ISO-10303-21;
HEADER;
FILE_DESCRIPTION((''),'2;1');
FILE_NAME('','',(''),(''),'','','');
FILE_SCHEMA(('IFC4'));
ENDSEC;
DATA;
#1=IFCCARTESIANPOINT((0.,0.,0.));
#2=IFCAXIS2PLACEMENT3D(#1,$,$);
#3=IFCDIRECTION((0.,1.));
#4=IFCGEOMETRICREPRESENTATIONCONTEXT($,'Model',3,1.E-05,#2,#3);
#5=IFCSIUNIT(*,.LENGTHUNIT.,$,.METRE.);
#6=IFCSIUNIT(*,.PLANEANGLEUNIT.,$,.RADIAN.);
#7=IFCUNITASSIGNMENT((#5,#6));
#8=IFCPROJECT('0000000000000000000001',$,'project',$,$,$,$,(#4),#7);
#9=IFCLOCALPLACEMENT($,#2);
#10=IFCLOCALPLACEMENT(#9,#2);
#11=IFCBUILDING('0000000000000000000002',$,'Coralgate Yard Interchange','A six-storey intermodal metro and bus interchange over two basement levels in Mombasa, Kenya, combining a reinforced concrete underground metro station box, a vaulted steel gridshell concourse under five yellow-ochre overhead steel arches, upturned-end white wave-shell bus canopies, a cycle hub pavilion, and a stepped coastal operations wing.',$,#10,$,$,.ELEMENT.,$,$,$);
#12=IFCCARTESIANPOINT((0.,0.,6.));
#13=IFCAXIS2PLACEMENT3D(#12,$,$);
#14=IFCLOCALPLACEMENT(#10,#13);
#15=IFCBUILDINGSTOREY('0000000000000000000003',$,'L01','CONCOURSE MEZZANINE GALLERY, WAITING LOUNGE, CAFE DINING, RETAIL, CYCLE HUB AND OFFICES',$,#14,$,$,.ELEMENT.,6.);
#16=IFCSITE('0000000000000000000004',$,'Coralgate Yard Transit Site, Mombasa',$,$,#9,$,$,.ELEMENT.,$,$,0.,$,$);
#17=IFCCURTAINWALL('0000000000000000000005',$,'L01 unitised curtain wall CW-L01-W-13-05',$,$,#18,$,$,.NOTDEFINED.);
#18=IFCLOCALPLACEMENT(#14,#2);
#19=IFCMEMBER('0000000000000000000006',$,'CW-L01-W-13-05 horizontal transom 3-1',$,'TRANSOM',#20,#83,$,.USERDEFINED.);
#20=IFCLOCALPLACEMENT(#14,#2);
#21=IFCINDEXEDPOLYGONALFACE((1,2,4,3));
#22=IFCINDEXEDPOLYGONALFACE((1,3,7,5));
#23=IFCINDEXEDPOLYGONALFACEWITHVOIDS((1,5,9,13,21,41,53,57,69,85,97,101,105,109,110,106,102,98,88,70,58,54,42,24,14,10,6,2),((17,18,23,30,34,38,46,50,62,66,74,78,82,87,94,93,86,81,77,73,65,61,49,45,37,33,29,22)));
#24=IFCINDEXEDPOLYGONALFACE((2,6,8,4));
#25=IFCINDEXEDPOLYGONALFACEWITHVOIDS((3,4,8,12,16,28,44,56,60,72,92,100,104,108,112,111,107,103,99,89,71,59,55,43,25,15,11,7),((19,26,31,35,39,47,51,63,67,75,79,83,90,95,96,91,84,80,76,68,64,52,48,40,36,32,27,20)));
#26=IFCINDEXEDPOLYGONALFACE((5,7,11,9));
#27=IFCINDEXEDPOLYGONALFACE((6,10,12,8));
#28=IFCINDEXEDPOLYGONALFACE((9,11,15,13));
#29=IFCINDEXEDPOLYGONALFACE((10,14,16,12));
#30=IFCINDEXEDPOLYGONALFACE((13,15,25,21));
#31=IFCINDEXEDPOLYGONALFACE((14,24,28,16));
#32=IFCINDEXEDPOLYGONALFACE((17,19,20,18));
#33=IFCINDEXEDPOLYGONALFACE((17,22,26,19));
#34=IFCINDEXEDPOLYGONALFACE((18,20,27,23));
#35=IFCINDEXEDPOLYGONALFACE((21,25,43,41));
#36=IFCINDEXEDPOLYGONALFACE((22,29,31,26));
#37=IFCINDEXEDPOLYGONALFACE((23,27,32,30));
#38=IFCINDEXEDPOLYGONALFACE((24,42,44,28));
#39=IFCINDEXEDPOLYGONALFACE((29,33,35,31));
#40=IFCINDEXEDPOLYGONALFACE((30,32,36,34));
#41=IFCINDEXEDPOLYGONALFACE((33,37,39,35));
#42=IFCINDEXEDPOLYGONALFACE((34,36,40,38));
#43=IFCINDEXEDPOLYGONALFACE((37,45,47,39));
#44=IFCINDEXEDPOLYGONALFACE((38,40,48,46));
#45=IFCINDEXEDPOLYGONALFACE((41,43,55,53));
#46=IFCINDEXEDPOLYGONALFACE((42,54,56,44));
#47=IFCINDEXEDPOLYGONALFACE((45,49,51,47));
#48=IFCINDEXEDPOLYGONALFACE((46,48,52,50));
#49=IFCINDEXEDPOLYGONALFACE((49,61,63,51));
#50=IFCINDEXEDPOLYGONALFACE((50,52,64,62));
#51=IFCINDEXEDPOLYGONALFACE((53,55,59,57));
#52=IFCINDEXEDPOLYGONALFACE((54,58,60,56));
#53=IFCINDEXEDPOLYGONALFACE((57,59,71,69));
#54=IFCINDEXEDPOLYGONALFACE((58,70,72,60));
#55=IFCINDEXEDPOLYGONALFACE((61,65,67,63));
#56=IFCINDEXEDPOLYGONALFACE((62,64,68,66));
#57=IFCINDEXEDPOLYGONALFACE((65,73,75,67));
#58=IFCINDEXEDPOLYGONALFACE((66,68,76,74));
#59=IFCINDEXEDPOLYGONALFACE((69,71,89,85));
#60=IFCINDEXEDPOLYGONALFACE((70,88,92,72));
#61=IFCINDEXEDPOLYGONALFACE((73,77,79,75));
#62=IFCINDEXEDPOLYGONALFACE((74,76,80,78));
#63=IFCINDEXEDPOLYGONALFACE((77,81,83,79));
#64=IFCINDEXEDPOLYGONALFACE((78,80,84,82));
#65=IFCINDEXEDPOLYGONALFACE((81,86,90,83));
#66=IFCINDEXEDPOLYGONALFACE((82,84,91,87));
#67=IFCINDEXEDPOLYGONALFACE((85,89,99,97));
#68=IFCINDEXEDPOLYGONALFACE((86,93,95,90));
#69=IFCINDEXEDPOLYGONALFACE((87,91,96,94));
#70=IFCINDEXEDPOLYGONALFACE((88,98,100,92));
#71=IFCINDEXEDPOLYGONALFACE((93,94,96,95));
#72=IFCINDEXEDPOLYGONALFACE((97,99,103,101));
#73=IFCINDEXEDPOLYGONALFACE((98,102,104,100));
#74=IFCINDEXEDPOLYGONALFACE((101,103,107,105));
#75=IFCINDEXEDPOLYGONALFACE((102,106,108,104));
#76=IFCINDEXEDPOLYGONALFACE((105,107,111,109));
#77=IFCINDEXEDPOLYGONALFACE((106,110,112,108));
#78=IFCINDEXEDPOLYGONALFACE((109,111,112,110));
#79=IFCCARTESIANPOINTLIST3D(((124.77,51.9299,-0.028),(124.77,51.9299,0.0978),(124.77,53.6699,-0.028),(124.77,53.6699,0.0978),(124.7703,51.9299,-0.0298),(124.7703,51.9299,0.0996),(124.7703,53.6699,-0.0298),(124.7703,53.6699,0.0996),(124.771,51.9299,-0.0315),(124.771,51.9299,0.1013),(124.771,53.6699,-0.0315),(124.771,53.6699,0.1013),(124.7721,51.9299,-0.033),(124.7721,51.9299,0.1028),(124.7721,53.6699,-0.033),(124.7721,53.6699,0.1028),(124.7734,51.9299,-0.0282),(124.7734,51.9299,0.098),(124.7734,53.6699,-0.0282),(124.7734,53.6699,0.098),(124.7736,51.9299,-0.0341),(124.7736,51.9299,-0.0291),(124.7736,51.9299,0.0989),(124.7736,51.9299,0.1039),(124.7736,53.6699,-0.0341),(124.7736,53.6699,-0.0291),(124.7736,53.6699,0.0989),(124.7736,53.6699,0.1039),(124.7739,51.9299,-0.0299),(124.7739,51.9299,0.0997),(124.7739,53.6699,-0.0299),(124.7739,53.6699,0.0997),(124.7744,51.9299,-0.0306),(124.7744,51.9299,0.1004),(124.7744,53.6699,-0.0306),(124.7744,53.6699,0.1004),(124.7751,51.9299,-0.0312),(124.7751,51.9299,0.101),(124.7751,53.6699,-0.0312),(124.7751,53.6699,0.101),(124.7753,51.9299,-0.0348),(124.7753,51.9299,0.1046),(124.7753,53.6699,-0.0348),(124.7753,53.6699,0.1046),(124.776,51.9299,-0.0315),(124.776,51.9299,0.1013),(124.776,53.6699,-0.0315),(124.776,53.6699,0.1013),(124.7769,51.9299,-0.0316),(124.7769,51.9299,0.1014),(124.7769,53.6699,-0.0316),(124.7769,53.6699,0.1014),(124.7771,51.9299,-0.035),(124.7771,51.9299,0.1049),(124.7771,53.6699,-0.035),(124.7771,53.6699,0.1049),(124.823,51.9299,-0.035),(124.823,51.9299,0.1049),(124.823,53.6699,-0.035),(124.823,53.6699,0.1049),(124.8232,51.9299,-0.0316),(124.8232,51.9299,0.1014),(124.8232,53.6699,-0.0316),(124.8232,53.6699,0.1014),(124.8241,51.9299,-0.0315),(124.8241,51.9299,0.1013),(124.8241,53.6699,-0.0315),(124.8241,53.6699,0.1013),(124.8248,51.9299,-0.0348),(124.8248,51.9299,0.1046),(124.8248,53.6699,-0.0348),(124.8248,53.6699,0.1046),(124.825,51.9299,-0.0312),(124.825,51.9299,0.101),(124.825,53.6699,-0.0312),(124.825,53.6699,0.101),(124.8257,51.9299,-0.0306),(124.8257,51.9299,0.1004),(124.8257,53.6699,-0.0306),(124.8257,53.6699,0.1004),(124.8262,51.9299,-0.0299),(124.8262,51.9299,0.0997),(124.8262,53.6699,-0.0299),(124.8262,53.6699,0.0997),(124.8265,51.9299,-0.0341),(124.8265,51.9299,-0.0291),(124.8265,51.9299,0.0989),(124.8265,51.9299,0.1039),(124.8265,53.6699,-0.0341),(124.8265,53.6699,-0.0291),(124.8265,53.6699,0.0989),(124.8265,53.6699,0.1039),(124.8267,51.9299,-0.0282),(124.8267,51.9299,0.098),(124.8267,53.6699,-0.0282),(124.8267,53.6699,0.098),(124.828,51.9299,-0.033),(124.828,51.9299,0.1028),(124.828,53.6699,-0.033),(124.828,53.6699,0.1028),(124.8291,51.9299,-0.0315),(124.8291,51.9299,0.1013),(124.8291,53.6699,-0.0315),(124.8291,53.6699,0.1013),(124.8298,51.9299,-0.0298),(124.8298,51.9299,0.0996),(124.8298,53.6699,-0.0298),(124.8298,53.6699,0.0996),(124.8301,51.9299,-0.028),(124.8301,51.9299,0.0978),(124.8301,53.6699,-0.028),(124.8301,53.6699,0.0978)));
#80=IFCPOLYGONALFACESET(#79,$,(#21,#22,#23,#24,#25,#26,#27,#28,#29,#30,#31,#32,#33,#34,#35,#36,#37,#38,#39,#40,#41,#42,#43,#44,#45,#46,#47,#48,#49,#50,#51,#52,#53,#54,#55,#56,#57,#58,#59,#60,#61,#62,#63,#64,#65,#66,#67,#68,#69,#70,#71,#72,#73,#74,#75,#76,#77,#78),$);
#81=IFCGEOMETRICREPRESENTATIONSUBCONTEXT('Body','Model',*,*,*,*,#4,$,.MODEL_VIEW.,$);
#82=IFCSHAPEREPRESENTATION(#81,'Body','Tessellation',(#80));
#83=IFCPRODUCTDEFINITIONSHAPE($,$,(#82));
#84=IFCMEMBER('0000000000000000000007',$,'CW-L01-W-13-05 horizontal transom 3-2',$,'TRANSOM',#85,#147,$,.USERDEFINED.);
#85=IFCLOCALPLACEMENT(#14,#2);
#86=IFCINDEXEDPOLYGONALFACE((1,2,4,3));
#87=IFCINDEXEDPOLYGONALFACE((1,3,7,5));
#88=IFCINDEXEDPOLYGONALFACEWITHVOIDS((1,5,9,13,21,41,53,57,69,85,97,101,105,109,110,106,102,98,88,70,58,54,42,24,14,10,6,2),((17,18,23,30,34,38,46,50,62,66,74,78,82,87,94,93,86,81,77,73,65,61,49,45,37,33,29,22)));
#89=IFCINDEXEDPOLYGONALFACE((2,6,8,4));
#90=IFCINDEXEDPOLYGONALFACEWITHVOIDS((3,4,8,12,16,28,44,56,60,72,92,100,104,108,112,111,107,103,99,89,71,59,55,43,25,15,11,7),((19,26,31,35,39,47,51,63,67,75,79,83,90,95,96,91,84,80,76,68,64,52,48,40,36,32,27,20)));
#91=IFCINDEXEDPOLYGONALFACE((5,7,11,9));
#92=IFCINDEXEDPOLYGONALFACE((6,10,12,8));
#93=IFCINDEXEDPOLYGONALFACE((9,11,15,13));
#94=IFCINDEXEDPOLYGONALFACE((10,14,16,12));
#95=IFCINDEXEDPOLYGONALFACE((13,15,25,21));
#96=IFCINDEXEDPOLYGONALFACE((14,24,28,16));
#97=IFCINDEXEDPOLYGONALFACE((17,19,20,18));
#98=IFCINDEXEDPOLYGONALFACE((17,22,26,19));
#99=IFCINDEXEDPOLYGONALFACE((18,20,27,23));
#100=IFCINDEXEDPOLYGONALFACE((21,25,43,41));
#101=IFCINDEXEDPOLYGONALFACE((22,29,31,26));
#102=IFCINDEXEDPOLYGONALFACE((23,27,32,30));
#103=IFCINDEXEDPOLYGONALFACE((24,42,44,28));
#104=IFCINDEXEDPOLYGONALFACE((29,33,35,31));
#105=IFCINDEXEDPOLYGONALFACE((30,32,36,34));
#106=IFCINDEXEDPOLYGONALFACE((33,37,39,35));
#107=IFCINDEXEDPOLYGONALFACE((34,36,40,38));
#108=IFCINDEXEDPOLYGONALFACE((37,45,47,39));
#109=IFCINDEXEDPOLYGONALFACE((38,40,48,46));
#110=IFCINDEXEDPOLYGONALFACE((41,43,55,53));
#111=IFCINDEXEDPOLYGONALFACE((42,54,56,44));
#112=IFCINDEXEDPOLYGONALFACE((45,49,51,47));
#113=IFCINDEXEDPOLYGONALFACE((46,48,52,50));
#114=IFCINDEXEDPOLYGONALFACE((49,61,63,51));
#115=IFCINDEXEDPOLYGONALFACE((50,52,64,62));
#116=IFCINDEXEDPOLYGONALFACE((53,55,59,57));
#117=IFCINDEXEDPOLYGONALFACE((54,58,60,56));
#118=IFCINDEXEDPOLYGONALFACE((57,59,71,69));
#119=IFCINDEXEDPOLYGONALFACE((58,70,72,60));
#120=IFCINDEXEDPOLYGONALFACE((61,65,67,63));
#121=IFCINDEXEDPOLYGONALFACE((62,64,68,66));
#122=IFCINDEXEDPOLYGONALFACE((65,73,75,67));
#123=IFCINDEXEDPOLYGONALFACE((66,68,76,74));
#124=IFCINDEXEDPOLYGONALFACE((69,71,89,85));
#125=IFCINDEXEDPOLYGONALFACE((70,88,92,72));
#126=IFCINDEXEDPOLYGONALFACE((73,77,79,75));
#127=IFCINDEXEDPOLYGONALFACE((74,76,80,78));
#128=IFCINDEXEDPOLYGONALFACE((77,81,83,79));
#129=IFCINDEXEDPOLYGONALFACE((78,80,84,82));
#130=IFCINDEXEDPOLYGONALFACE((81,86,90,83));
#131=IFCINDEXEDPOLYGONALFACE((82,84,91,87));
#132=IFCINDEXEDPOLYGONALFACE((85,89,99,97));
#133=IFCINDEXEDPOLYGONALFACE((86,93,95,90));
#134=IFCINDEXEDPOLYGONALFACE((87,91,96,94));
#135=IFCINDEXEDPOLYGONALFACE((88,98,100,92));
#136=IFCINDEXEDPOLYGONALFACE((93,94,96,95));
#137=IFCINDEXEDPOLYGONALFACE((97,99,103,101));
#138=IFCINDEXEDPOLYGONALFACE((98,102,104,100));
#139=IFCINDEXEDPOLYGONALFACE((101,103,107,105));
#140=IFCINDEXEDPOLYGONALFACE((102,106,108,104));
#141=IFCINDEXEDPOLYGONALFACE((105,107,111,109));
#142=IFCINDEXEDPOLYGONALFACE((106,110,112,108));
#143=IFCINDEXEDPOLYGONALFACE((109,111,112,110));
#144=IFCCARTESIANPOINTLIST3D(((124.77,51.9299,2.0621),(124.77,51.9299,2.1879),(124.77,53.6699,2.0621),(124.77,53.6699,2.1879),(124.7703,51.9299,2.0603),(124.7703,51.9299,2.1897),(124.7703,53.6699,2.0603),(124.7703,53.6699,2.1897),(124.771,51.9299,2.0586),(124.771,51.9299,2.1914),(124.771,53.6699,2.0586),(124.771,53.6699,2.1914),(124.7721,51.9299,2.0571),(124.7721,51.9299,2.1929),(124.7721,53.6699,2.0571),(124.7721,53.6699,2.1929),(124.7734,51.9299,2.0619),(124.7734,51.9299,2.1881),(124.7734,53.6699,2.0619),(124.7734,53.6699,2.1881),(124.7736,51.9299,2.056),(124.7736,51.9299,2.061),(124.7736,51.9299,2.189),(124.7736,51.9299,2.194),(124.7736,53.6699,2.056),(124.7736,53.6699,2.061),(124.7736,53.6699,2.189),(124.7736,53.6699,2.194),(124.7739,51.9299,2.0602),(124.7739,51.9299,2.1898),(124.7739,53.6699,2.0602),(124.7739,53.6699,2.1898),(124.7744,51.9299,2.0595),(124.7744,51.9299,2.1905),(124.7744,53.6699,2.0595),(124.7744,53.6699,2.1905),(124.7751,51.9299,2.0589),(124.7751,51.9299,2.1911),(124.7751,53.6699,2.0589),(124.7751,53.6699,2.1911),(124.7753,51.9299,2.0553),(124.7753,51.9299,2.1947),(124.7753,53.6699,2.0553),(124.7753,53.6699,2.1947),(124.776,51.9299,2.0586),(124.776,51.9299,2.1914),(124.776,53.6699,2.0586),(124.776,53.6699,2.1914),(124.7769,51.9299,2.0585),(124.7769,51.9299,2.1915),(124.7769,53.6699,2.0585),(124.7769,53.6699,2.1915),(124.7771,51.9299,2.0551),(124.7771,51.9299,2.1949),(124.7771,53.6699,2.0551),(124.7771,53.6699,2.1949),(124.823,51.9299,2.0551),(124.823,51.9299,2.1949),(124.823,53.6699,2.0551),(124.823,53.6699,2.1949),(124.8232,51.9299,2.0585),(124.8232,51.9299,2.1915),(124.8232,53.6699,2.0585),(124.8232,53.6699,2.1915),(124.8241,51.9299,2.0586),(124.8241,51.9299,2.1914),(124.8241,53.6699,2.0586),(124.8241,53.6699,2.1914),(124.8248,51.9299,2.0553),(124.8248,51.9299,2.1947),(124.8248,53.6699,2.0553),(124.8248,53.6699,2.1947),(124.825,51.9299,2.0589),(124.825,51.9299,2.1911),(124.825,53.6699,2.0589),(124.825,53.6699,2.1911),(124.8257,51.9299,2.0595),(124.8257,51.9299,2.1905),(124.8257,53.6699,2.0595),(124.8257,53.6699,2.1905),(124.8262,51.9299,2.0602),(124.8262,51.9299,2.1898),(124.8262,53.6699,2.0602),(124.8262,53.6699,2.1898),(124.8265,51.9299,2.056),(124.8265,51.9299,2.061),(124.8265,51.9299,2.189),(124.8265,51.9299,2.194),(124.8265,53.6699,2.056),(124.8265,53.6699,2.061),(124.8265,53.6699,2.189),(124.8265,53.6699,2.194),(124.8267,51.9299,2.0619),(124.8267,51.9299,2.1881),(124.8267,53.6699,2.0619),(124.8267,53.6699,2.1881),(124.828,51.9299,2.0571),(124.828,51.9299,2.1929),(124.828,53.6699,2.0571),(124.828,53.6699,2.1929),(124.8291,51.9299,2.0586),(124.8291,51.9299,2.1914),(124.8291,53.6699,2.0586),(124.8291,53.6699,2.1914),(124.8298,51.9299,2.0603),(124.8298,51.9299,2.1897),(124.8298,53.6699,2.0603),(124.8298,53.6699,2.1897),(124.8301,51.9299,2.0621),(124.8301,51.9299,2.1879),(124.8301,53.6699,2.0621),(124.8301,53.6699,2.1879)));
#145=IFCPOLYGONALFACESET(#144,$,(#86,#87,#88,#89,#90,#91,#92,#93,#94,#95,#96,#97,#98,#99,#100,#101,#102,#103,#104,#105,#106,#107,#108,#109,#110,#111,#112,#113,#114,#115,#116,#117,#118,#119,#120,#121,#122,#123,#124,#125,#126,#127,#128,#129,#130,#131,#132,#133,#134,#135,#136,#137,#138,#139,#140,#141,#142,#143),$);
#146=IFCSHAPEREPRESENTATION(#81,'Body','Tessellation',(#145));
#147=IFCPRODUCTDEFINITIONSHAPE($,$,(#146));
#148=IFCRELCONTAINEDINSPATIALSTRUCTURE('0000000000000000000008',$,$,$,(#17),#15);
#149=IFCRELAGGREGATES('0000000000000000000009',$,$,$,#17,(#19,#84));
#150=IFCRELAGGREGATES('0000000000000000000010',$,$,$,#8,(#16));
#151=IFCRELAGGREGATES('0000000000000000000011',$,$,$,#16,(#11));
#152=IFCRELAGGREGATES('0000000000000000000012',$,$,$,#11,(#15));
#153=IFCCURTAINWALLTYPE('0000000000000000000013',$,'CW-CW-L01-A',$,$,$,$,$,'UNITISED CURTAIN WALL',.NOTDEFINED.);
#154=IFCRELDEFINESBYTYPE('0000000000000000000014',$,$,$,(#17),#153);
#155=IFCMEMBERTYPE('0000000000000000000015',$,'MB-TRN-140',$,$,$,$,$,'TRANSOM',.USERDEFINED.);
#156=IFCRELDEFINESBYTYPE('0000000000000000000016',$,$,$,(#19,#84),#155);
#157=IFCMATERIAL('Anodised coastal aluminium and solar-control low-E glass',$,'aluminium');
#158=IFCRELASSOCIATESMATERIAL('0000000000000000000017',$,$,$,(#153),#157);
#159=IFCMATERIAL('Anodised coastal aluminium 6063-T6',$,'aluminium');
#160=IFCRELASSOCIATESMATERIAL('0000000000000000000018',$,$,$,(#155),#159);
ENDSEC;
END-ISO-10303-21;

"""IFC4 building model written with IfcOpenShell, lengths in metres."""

from ifc_helpers import new_model, si_unit, direction, frame, origin, origin_2d, place, context, subcontext, project, spatial, hollow_rectangle, extrude, material, material_profile, profile_set, type_object, element, aggregate, save


model = new_model("IFC4")

# Units and contexts
model_context = context("Model", 3, precision=1e-05, world=origin(), true_north=direction((0.0, 1.0)))
body_context = subcontext(model_context, "Body", "Model", "MODEL_VIEW")
ifc_project = project(units=[si_unit("LENGTHUNIT", "METRE"), si_unit("PLANEANGLEUNIT", "RADIAN")], contexts=[model_context])

# Site, building, storey
site_placement = place(None, origin())
site = spatial("IfcSite", under=ifc_project, at=site_placement, Name="Coralgate Yard Transit Site, Mombasa", CompositionType="ELEMENT", RefElevation=0.0)
building_placement = place(site_placement, origin())
building = spatial("IfcBuilding", under=site, at=building_placement, Name="Coralgate Yard Interchange", Description="A six-storey intermodal metro and bus interchange over two basement levels in Mombasa, Kenya, combining a reinforced concrete underground metro station box, a vaulted steel gridshell concourse under five yellow-ochre overhead steel arches, upturned-end white wave-shell bus canopies, a cycle hub pavilion, and a stepped coastal operations wing.", CompositionType="ELEMENT")
storey_placement = place(building_placement, frame((0.0, 0.0, 6.0)))
storey = spatial("IfcBuildingStorey", under=building, at=storey_placement, Name="L01", Description="CONCOURSE MEZZANINE GALLERY, WAITING LOUNGE, CAFE DINING, RETAIL, CYCLE HUB AND OFFICES", CompositionType="ELEMENT", Elevation=6.0)

# Curtain wall
ifc_material_1 = material(Name="Anodised coastal aluminium and solar-control low-E glass", Category="aluminium")
curtain_wall_type_1 = type_object("IfcCurtainWallType", Name="CW-CW-L01-A", ElementType="UNITISED CURTAIN WALL", PredefinedType="NOTDEFINED", material=ifc_material_1)
curtain_wall_1_placement = place(storey_placement, origin())
curtain_wall_1 = element("IfcCurtainWall", 1, at=curtain_wall_1_placement, inside=storey, type_object=curtain_wall_type_1, Name="L01 unitised curtain wall CW-L01-W-13-05", PredefinedType="NOTDEFINED")
ifc_material_2 = material(Name="Anodised coastal aluminium 6063-T6", Category="aluminium")

# Members
ifc_material_profile_1 = material_profile(ifc_material_2, hollow_rectangle(XDim=0.0601, YDim=0.1399, WallThickness=0.0034, InnerFilletRadius=0.0034, OuterFilletRadius=0.0071, at=origin_2d()), Name="ALU 60x140x3.5")
ifc_profile_set_1 = profile_set([ifc_material_profile_1], Name="Anodised coastal aluminium 6063-T6")
member_type_1 = type_object("IfcMemberType", Name="MB-TRN-140", ElementType="TRANSOM", PredefinedType="USERDEFINED", material=ifc_profile_set_1)
member_1_placement = place(storey_placement, frame((124.8, 51.9299, 0.0349), z_axis=(0.0, 1.0, 0.0), x_axis=(-1.0, 0.0, 0.0)))
member_1 = element("IfcMember", 2, at=member_1_placement, type_object=member_type_1, Name="CW-L01-W-13-05 horizontal transom 3-1", ObjectType="TRANSOM", PredefinedType="USERDEFINED", context=body_context, shape_type="SweptSolid", body=[
    extrude(hollow_rectangle(XDim=0.0601, YDim=0.1399, WallThickness=0.0034, InnerFilletRadius=0.0034, OuterFilletRadius=0.0071, at=origin_2d()), origin(), (0.0, 0.0, 1.0), 1.74),
])
member_2_placement = place(storey_placement, frame((124.8, 51.9299, 2.125), z_axis=(0.0, 1.0, 0.0), x_axis=(-1.0, 0.0, 0.0)))
member_2 = element("IfcMember", 3, at=member_2_placement, type_object=member_type_1, Name="CW-L01-W-13-05 horizontal transom 3-2", ObjectType="TRANSOM", PredefinedType="USERDEFINED", context=body_context, shape_type="SweptSolid", body=[
    extrude(hollow_rectangle(XDim=0.0601, YDim=0.1399, WallThickness=0.0034, InnerFilletRadius=0.0034, OuterFilletRadius=0.0071, at=origin_2d()), origin(), (0.0, 0.0, 1.0), 1.74),
])

aggregate(curtain_wall_1, [member_1, member_2])

save(model, "model.ifc")
